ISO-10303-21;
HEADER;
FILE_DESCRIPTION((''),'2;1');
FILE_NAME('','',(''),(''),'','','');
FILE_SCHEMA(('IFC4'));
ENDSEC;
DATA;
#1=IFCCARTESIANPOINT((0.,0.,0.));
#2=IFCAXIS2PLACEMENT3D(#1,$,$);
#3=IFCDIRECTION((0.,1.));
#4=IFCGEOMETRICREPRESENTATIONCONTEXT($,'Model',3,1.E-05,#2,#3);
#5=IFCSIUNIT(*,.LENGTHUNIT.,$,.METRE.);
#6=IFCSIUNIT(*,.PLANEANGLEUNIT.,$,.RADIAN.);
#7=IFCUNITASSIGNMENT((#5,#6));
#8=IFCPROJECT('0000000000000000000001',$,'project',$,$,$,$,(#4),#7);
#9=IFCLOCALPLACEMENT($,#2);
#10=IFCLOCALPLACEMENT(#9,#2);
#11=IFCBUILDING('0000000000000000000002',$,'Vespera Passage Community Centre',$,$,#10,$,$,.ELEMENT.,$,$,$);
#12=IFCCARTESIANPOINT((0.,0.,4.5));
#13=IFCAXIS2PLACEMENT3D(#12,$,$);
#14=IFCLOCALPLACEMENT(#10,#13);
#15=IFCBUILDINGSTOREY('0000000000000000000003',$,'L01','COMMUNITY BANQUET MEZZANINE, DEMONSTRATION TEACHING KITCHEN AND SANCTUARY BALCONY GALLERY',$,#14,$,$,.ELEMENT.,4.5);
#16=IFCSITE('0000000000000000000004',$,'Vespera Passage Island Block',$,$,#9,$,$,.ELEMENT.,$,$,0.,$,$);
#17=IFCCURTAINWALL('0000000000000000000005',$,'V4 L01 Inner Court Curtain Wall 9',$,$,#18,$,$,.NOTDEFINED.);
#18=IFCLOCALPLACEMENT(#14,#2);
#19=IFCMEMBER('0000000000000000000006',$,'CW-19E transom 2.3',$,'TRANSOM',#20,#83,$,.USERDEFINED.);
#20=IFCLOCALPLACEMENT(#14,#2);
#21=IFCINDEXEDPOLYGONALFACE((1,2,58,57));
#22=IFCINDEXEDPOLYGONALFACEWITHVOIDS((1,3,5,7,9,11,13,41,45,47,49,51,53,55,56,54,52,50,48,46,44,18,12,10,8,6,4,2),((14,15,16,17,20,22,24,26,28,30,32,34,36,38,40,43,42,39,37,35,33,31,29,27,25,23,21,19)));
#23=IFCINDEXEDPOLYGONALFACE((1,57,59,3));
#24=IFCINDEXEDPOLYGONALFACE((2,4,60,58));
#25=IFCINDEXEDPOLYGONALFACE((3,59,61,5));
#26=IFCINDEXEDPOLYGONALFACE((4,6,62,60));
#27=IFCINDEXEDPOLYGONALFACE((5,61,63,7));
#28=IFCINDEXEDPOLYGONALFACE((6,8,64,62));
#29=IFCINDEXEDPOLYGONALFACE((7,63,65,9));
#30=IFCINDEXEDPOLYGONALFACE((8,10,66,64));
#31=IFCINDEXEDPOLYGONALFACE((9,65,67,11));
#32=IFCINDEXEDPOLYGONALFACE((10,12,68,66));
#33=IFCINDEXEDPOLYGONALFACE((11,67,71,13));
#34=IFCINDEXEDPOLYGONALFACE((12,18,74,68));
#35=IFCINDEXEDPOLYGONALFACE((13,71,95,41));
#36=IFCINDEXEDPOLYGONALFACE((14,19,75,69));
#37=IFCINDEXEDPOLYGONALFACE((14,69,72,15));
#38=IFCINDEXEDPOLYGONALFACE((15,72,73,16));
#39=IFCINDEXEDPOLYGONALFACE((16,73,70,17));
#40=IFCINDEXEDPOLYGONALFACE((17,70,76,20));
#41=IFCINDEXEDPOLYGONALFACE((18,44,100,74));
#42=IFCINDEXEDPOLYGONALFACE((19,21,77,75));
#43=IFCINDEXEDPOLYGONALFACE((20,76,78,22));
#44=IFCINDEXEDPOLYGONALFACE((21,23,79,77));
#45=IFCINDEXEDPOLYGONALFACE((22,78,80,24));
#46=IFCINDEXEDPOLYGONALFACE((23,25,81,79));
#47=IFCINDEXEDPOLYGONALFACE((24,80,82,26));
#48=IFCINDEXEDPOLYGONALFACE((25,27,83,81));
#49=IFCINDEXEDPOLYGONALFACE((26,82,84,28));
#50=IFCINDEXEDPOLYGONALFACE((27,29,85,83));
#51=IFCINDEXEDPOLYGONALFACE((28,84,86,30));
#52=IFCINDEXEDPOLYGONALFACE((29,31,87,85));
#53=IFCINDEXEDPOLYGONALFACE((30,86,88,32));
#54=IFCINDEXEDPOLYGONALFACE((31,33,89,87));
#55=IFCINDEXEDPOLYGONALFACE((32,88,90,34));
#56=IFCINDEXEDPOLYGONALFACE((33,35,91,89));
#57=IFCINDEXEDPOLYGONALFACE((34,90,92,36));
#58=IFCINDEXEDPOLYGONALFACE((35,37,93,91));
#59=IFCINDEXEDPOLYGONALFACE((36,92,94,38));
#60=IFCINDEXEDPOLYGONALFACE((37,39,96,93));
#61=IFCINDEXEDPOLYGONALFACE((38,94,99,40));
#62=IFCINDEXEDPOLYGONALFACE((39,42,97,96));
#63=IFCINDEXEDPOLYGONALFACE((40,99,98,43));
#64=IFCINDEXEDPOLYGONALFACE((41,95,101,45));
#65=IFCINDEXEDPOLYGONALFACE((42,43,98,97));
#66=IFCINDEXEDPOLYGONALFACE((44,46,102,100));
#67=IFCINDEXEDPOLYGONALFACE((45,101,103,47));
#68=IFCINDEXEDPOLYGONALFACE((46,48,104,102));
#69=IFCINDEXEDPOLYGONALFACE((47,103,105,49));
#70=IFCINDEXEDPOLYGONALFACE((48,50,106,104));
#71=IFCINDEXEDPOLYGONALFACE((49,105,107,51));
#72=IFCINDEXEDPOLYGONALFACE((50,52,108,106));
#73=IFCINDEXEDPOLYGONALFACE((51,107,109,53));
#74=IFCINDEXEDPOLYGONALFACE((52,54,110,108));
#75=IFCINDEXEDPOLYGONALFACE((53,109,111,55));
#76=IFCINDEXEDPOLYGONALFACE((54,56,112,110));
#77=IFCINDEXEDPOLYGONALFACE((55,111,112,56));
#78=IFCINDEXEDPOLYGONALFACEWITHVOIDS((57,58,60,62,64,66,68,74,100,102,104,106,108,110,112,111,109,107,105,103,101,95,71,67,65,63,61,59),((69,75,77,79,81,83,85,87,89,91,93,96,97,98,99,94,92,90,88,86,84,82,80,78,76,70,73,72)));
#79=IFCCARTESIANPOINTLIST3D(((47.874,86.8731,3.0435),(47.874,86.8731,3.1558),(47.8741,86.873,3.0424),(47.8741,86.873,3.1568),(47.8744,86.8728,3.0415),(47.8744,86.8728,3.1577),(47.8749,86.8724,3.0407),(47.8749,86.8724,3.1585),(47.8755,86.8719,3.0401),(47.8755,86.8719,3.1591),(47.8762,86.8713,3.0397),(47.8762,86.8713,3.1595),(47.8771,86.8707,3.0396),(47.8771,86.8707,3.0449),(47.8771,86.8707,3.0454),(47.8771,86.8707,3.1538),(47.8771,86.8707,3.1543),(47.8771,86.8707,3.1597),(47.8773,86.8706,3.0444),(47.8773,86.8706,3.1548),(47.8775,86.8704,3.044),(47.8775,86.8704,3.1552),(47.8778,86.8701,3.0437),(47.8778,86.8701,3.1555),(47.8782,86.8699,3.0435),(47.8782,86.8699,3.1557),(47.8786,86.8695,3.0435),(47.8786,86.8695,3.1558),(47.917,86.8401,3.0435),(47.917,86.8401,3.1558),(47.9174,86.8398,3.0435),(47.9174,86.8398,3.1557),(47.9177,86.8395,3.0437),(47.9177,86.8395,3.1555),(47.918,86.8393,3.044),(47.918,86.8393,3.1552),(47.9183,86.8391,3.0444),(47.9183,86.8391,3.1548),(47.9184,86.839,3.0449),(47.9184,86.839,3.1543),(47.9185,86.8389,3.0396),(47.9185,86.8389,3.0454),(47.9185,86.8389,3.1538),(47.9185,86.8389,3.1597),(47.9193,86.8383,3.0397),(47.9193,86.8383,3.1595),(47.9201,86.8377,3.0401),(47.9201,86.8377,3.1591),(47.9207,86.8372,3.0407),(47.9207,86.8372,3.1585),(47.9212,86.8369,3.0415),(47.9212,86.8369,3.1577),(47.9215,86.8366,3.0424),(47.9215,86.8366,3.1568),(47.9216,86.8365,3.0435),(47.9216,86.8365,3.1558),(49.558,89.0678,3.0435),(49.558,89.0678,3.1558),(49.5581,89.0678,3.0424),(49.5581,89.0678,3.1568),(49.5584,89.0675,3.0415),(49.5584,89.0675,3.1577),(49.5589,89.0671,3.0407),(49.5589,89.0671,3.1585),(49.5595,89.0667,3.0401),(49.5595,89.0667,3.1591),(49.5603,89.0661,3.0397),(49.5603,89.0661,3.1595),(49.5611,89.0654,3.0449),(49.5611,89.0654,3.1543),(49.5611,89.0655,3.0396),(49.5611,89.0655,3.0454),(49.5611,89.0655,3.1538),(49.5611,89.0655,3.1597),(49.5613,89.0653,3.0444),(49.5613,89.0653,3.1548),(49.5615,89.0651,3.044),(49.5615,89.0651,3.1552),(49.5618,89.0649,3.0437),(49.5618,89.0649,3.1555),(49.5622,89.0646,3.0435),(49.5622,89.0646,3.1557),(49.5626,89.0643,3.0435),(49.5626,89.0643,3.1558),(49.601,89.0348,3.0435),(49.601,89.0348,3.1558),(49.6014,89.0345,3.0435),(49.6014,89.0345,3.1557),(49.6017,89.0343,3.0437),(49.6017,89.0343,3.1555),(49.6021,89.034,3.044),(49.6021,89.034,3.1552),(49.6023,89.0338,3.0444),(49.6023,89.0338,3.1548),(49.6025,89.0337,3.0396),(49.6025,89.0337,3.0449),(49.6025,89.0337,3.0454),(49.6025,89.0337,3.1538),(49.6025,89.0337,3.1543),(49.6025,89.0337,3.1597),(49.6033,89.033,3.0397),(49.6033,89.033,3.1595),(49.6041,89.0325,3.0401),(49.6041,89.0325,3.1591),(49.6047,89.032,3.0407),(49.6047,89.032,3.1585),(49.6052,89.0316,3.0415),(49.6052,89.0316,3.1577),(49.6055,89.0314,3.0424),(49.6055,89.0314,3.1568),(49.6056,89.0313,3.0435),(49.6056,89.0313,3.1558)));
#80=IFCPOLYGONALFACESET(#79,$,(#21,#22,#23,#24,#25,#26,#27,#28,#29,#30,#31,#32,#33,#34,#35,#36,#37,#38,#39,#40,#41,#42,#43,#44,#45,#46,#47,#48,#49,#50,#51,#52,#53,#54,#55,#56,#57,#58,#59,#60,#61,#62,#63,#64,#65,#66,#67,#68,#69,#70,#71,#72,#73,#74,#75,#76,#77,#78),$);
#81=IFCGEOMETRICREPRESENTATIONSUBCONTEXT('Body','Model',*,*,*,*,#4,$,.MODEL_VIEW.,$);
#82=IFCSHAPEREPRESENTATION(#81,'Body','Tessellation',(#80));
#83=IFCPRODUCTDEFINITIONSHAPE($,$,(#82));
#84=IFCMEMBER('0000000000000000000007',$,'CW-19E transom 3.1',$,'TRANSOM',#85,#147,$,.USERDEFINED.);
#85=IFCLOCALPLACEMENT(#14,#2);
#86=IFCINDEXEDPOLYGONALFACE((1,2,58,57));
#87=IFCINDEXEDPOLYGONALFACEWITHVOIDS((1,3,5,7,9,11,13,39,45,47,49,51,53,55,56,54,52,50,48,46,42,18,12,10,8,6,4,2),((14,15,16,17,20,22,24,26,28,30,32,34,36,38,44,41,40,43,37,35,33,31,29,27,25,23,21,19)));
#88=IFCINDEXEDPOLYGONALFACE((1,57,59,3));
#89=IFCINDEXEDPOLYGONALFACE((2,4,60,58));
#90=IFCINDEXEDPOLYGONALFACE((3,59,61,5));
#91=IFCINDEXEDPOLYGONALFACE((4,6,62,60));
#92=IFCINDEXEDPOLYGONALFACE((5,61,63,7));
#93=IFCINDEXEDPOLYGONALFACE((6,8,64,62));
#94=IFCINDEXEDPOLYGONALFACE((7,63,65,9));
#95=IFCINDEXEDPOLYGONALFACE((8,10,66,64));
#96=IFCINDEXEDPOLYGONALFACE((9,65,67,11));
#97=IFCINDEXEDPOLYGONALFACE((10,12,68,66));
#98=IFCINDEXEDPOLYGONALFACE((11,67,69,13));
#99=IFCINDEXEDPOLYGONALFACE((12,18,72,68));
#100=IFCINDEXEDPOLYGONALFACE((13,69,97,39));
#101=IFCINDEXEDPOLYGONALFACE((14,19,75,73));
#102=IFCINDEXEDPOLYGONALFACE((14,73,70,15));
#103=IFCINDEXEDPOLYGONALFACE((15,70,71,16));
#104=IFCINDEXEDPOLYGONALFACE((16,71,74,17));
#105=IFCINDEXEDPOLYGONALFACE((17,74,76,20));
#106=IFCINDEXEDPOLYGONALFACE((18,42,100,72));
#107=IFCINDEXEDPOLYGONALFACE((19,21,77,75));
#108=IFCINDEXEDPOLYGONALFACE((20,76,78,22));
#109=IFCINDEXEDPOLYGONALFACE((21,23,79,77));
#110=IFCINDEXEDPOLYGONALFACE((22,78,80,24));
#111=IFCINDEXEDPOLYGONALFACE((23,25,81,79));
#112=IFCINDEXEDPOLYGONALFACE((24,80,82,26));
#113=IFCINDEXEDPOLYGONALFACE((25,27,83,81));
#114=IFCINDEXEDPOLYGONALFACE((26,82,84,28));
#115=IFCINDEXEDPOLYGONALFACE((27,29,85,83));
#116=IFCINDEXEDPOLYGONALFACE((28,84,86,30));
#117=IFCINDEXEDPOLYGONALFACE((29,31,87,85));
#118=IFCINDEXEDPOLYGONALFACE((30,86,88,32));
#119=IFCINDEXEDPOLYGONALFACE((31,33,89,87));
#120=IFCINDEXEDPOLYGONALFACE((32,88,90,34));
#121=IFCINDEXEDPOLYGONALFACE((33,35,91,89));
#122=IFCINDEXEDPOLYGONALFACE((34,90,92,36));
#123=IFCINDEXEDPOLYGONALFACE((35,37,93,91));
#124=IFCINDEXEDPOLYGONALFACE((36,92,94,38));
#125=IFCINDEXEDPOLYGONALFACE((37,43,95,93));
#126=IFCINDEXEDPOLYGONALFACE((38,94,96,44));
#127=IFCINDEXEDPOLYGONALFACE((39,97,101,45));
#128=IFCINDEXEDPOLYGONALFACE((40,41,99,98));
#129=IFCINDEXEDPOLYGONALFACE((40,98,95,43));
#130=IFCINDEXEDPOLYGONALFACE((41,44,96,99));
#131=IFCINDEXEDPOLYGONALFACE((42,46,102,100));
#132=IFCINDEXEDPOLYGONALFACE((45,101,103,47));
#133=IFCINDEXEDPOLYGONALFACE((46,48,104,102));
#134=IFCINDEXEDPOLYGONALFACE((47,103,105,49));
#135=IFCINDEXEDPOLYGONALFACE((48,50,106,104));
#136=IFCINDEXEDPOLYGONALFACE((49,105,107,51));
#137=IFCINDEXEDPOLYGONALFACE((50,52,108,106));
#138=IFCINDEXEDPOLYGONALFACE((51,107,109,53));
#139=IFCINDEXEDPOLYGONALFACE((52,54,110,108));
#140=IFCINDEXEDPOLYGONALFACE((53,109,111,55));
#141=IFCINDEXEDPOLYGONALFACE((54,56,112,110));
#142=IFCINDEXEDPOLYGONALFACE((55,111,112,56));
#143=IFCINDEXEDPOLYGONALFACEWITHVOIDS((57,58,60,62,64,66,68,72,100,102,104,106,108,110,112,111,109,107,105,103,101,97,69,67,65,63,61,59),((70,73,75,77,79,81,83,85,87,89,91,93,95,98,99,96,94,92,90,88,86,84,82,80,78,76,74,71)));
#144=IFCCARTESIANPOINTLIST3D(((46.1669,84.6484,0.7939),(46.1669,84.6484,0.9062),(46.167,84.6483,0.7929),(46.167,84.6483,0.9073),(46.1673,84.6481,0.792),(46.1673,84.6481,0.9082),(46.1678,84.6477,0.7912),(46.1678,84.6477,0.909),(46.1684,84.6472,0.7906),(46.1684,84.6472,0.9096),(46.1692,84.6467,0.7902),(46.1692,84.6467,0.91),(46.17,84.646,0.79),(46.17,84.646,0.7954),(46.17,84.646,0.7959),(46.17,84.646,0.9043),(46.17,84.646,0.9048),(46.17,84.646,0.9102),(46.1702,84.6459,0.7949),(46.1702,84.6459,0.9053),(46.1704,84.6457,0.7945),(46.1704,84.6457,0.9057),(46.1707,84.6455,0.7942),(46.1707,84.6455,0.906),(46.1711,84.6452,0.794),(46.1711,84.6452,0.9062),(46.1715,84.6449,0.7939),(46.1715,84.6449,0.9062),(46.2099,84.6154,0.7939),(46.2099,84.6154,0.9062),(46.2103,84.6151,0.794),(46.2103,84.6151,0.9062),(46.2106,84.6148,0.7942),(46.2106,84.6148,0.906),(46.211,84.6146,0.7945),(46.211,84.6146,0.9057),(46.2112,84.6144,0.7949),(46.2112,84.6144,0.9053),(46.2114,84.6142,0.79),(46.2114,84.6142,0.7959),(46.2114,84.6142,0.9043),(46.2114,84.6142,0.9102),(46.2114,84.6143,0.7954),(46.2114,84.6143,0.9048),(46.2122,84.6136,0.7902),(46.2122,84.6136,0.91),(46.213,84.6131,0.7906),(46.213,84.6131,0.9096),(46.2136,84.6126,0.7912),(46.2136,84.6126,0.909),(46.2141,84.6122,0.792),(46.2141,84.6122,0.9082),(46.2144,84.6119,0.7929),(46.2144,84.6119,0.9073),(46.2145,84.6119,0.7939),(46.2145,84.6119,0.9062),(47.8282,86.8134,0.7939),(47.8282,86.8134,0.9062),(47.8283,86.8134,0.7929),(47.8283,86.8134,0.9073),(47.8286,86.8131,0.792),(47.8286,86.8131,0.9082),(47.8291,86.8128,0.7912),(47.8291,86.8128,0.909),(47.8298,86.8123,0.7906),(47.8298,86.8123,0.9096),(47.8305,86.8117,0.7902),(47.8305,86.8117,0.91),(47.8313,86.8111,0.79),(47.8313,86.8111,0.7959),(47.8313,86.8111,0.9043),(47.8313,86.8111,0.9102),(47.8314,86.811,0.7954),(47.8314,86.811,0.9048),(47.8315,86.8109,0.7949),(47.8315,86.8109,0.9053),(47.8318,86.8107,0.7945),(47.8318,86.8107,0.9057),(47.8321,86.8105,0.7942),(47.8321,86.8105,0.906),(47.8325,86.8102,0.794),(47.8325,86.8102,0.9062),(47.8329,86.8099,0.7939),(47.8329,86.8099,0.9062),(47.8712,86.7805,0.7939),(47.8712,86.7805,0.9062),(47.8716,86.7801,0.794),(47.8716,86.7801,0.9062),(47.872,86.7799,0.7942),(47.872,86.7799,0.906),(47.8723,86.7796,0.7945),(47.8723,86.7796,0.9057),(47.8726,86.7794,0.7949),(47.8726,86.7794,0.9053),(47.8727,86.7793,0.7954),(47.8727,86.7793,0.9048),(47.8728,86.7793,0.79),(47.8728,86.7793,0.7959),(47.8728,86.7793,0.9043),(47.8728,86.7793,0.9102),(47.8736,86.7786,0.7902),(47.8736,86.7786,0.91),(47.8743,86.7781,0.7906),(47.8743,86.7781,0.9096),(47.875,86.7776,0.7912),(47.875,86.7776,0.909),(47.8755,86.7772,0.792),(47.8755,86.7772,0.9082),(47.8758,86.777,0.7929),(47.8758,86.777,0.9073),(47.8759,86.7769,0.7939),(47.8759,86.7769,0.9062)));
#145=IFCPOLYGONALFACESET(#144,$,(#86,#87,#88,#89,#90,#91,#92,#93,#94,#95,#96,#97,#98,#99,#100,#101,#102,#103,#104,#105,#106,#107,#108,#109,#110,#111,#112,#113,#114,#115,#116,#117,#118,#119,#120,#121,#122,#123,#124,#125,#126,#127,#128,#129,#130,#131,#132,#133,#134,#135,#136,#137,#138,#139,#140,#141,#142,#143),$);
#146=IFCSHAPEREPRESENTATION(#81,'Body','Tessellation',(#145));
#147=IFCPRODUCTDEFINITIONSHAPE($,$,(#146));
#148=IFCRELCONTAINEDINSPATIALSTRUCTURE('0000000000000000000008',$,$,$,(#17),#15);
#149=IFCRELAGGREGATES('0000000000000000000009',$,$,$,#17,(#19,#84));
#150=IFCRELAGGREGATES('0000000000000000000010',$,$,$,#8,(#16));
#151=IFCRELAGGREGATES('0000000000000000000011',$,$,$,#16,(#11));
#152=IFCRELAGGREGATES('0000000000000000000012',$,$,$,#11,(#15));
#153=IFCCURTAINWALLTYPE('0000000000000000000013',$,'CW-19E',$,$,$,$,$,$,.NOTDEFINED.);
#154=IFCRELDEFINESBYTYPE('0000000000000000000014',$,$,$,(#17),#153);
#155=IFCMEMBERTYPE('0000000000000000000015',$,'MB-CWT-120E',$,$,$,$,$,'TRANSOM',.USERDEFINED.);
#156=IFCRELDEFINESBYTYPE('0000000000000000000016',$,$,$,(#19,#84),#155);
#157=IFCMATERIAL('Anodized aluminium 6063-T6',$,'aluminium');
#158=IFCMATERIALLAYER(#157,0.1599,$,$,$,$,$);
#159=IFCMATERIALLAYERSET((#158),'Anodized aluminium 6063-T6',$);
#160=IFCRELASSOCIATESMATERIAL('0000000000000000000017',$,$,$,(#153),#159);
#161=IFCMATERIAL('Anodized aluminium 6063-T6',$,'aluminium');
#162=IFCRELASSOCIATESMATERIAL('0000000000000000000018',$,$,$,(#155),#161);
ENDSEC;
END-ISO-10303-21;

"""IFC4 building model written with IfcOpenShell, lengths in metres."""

from ifc_helpers import new_model, si_unit, direction, frame, origin, origin_2d, place, context, subcontext, project, spatial, hollow_rectangle, extrude, material, layer, layer_set, material_profile, profile_set, type_object, element, aggregate, save


model = new_model("IFC4")

# Units and contexts
model_context = context("Model", 3, precision=1e-05, world=origin(), true_north=direction((0.0, 1.0)))
body_context = subcontext(model_context, "Body", "Model", "MODEL_VIEW")
ifc_project = project(units=[si_unit("LENGTHUNIT", "METRE"), si_unit("PLANEANGLEUNIT", "RADIAN")], contexts=[model_context])

# Site, building, storey
site_placement = place(None, origin())
site = spatial("IfcSite", under=ifc_project, at=site_placement, Name="Vespera Passage Island Block", CompositionType="ELEMENT", RefElevation=0.0)
building_placement = place(site_placement, origin())
building = spatial("IfcBuilding", under=site, at=building_placement, Name="Vespera Passage Community Centre", CompositionType="ELEMENT")
storey_placement = place(building_placement, frame((0.0, 0.0, 4.5)))
storey = spatial("IfcBuildingStorey", under=building, at=storey_placement, Name="L01", Description="COMMUNITY BANQUET MEZZANINE, DEMONSTRATION TEACHING KITCHEN AND SANCTUARY BALCONY GALLERY", CompositionType="ELEMENT", Elevation=4.5)

# Curtain wall
ifc_material_1 = material(Name="Anodized aluminium 6063-T6", Category="aluminium")
ifc_layer_1 = layer(ifc_material_1, 0.1599)
ifc_layer_set_1 = layer_set([ifc_layer_1], Name="Anodized aluminium 6063-T6")
curtain_wall_type_1 = type_object("IfcCurtainWallType", Name="CW-19E", PredefinedType="NOTDEFINED", material=ifc_layer_set_1)
curtain_wall_1_placement = place(storey_placement, origin())
curtain_wall_1 = element("IfcCurtainWall", 1, at=curtain_wall_1_placement, inside=storey, type_object=curtain_wall_type_1, Name="V4 L01 Inner Court Curtain Wall 9", PredefinedType="NOTDEFINED")

# Members
ifc_material_2 = material(Name="Anodized aluminium 6063-T6", Category="aluminium")
ifc_material_profile_1 = material_profile(ifc_material_2, hollow_rectangle(XDim=0.0601, YDim=0.1201, WallThickness=0.0039, InnerFilletRadius=0.002, OuterFilletRadius=0.0039, at=origin_2d()), Name="ALU120X60X4")
ifc_profile_set_1 = profile_set([ifc_material_profile_1], Name="Anodized aluminium 6063-T6")
member_type_1 = type_object("IfcMemberType", Name="MB-CWT-120E", ElementType="TRANSOM", PredefinedType="USERDEFINED", material=ifc_profile_set_1)
member_1_placement = place(storey_placement, frame((49.5818, 89.0496, 3.0996), z_axis=(-0.608746, -0.793365, 0.0), x_axis=(0.793365, -0.608746, 0.0)))
member_1 = element("IfcMember", 2, at=member_1_placement, type_object=member_type_1, Name="CW-19E transom 2.3", ObjectType="TRANSOM", PredefinedType="USERDEFINED", context=body_context, shape_type="SweptSolid", body=[
    extrude(hollow_rectangle(XDim=0.0601, YDim=0.1201, WallThickness=0.0039, InnerFilletRadius=0.002, OuterFilletRadius=0.0039, at=origin_2d()), origin(), (0.0, 0.0, 1.0), 2.7664),
])
member_2_placement = place(storey_placement, frame((47.8521, 86.7952, 0.8501), z_axis=(-0.608781, -0.793338, 0.0), x_axis=(0.793338, -0.608781, 0.0)))
member_2 = element("IfcMember", 3, at=member_2_placement, type_object=member_type_1, Name="CW-19E transom 3.1", ObjectType="TRANSOM", PredefinedType="USERDEFINED", context=body_context, shape_type="SweptSolid", body=[
    extrude(hollow_rectangle(XDim=0.0601, YDim=0.1201, WallThickness=0.0039, InnerFilletRadius=0.002, OuterFilletRadius=0.0039, at=origin_2d()), origin(), (0.0, 0.0, 1.0), 2.729),
])

aggregate(curtain_wall_1, [member_1, member_2])

save(model, "model.ifc")
